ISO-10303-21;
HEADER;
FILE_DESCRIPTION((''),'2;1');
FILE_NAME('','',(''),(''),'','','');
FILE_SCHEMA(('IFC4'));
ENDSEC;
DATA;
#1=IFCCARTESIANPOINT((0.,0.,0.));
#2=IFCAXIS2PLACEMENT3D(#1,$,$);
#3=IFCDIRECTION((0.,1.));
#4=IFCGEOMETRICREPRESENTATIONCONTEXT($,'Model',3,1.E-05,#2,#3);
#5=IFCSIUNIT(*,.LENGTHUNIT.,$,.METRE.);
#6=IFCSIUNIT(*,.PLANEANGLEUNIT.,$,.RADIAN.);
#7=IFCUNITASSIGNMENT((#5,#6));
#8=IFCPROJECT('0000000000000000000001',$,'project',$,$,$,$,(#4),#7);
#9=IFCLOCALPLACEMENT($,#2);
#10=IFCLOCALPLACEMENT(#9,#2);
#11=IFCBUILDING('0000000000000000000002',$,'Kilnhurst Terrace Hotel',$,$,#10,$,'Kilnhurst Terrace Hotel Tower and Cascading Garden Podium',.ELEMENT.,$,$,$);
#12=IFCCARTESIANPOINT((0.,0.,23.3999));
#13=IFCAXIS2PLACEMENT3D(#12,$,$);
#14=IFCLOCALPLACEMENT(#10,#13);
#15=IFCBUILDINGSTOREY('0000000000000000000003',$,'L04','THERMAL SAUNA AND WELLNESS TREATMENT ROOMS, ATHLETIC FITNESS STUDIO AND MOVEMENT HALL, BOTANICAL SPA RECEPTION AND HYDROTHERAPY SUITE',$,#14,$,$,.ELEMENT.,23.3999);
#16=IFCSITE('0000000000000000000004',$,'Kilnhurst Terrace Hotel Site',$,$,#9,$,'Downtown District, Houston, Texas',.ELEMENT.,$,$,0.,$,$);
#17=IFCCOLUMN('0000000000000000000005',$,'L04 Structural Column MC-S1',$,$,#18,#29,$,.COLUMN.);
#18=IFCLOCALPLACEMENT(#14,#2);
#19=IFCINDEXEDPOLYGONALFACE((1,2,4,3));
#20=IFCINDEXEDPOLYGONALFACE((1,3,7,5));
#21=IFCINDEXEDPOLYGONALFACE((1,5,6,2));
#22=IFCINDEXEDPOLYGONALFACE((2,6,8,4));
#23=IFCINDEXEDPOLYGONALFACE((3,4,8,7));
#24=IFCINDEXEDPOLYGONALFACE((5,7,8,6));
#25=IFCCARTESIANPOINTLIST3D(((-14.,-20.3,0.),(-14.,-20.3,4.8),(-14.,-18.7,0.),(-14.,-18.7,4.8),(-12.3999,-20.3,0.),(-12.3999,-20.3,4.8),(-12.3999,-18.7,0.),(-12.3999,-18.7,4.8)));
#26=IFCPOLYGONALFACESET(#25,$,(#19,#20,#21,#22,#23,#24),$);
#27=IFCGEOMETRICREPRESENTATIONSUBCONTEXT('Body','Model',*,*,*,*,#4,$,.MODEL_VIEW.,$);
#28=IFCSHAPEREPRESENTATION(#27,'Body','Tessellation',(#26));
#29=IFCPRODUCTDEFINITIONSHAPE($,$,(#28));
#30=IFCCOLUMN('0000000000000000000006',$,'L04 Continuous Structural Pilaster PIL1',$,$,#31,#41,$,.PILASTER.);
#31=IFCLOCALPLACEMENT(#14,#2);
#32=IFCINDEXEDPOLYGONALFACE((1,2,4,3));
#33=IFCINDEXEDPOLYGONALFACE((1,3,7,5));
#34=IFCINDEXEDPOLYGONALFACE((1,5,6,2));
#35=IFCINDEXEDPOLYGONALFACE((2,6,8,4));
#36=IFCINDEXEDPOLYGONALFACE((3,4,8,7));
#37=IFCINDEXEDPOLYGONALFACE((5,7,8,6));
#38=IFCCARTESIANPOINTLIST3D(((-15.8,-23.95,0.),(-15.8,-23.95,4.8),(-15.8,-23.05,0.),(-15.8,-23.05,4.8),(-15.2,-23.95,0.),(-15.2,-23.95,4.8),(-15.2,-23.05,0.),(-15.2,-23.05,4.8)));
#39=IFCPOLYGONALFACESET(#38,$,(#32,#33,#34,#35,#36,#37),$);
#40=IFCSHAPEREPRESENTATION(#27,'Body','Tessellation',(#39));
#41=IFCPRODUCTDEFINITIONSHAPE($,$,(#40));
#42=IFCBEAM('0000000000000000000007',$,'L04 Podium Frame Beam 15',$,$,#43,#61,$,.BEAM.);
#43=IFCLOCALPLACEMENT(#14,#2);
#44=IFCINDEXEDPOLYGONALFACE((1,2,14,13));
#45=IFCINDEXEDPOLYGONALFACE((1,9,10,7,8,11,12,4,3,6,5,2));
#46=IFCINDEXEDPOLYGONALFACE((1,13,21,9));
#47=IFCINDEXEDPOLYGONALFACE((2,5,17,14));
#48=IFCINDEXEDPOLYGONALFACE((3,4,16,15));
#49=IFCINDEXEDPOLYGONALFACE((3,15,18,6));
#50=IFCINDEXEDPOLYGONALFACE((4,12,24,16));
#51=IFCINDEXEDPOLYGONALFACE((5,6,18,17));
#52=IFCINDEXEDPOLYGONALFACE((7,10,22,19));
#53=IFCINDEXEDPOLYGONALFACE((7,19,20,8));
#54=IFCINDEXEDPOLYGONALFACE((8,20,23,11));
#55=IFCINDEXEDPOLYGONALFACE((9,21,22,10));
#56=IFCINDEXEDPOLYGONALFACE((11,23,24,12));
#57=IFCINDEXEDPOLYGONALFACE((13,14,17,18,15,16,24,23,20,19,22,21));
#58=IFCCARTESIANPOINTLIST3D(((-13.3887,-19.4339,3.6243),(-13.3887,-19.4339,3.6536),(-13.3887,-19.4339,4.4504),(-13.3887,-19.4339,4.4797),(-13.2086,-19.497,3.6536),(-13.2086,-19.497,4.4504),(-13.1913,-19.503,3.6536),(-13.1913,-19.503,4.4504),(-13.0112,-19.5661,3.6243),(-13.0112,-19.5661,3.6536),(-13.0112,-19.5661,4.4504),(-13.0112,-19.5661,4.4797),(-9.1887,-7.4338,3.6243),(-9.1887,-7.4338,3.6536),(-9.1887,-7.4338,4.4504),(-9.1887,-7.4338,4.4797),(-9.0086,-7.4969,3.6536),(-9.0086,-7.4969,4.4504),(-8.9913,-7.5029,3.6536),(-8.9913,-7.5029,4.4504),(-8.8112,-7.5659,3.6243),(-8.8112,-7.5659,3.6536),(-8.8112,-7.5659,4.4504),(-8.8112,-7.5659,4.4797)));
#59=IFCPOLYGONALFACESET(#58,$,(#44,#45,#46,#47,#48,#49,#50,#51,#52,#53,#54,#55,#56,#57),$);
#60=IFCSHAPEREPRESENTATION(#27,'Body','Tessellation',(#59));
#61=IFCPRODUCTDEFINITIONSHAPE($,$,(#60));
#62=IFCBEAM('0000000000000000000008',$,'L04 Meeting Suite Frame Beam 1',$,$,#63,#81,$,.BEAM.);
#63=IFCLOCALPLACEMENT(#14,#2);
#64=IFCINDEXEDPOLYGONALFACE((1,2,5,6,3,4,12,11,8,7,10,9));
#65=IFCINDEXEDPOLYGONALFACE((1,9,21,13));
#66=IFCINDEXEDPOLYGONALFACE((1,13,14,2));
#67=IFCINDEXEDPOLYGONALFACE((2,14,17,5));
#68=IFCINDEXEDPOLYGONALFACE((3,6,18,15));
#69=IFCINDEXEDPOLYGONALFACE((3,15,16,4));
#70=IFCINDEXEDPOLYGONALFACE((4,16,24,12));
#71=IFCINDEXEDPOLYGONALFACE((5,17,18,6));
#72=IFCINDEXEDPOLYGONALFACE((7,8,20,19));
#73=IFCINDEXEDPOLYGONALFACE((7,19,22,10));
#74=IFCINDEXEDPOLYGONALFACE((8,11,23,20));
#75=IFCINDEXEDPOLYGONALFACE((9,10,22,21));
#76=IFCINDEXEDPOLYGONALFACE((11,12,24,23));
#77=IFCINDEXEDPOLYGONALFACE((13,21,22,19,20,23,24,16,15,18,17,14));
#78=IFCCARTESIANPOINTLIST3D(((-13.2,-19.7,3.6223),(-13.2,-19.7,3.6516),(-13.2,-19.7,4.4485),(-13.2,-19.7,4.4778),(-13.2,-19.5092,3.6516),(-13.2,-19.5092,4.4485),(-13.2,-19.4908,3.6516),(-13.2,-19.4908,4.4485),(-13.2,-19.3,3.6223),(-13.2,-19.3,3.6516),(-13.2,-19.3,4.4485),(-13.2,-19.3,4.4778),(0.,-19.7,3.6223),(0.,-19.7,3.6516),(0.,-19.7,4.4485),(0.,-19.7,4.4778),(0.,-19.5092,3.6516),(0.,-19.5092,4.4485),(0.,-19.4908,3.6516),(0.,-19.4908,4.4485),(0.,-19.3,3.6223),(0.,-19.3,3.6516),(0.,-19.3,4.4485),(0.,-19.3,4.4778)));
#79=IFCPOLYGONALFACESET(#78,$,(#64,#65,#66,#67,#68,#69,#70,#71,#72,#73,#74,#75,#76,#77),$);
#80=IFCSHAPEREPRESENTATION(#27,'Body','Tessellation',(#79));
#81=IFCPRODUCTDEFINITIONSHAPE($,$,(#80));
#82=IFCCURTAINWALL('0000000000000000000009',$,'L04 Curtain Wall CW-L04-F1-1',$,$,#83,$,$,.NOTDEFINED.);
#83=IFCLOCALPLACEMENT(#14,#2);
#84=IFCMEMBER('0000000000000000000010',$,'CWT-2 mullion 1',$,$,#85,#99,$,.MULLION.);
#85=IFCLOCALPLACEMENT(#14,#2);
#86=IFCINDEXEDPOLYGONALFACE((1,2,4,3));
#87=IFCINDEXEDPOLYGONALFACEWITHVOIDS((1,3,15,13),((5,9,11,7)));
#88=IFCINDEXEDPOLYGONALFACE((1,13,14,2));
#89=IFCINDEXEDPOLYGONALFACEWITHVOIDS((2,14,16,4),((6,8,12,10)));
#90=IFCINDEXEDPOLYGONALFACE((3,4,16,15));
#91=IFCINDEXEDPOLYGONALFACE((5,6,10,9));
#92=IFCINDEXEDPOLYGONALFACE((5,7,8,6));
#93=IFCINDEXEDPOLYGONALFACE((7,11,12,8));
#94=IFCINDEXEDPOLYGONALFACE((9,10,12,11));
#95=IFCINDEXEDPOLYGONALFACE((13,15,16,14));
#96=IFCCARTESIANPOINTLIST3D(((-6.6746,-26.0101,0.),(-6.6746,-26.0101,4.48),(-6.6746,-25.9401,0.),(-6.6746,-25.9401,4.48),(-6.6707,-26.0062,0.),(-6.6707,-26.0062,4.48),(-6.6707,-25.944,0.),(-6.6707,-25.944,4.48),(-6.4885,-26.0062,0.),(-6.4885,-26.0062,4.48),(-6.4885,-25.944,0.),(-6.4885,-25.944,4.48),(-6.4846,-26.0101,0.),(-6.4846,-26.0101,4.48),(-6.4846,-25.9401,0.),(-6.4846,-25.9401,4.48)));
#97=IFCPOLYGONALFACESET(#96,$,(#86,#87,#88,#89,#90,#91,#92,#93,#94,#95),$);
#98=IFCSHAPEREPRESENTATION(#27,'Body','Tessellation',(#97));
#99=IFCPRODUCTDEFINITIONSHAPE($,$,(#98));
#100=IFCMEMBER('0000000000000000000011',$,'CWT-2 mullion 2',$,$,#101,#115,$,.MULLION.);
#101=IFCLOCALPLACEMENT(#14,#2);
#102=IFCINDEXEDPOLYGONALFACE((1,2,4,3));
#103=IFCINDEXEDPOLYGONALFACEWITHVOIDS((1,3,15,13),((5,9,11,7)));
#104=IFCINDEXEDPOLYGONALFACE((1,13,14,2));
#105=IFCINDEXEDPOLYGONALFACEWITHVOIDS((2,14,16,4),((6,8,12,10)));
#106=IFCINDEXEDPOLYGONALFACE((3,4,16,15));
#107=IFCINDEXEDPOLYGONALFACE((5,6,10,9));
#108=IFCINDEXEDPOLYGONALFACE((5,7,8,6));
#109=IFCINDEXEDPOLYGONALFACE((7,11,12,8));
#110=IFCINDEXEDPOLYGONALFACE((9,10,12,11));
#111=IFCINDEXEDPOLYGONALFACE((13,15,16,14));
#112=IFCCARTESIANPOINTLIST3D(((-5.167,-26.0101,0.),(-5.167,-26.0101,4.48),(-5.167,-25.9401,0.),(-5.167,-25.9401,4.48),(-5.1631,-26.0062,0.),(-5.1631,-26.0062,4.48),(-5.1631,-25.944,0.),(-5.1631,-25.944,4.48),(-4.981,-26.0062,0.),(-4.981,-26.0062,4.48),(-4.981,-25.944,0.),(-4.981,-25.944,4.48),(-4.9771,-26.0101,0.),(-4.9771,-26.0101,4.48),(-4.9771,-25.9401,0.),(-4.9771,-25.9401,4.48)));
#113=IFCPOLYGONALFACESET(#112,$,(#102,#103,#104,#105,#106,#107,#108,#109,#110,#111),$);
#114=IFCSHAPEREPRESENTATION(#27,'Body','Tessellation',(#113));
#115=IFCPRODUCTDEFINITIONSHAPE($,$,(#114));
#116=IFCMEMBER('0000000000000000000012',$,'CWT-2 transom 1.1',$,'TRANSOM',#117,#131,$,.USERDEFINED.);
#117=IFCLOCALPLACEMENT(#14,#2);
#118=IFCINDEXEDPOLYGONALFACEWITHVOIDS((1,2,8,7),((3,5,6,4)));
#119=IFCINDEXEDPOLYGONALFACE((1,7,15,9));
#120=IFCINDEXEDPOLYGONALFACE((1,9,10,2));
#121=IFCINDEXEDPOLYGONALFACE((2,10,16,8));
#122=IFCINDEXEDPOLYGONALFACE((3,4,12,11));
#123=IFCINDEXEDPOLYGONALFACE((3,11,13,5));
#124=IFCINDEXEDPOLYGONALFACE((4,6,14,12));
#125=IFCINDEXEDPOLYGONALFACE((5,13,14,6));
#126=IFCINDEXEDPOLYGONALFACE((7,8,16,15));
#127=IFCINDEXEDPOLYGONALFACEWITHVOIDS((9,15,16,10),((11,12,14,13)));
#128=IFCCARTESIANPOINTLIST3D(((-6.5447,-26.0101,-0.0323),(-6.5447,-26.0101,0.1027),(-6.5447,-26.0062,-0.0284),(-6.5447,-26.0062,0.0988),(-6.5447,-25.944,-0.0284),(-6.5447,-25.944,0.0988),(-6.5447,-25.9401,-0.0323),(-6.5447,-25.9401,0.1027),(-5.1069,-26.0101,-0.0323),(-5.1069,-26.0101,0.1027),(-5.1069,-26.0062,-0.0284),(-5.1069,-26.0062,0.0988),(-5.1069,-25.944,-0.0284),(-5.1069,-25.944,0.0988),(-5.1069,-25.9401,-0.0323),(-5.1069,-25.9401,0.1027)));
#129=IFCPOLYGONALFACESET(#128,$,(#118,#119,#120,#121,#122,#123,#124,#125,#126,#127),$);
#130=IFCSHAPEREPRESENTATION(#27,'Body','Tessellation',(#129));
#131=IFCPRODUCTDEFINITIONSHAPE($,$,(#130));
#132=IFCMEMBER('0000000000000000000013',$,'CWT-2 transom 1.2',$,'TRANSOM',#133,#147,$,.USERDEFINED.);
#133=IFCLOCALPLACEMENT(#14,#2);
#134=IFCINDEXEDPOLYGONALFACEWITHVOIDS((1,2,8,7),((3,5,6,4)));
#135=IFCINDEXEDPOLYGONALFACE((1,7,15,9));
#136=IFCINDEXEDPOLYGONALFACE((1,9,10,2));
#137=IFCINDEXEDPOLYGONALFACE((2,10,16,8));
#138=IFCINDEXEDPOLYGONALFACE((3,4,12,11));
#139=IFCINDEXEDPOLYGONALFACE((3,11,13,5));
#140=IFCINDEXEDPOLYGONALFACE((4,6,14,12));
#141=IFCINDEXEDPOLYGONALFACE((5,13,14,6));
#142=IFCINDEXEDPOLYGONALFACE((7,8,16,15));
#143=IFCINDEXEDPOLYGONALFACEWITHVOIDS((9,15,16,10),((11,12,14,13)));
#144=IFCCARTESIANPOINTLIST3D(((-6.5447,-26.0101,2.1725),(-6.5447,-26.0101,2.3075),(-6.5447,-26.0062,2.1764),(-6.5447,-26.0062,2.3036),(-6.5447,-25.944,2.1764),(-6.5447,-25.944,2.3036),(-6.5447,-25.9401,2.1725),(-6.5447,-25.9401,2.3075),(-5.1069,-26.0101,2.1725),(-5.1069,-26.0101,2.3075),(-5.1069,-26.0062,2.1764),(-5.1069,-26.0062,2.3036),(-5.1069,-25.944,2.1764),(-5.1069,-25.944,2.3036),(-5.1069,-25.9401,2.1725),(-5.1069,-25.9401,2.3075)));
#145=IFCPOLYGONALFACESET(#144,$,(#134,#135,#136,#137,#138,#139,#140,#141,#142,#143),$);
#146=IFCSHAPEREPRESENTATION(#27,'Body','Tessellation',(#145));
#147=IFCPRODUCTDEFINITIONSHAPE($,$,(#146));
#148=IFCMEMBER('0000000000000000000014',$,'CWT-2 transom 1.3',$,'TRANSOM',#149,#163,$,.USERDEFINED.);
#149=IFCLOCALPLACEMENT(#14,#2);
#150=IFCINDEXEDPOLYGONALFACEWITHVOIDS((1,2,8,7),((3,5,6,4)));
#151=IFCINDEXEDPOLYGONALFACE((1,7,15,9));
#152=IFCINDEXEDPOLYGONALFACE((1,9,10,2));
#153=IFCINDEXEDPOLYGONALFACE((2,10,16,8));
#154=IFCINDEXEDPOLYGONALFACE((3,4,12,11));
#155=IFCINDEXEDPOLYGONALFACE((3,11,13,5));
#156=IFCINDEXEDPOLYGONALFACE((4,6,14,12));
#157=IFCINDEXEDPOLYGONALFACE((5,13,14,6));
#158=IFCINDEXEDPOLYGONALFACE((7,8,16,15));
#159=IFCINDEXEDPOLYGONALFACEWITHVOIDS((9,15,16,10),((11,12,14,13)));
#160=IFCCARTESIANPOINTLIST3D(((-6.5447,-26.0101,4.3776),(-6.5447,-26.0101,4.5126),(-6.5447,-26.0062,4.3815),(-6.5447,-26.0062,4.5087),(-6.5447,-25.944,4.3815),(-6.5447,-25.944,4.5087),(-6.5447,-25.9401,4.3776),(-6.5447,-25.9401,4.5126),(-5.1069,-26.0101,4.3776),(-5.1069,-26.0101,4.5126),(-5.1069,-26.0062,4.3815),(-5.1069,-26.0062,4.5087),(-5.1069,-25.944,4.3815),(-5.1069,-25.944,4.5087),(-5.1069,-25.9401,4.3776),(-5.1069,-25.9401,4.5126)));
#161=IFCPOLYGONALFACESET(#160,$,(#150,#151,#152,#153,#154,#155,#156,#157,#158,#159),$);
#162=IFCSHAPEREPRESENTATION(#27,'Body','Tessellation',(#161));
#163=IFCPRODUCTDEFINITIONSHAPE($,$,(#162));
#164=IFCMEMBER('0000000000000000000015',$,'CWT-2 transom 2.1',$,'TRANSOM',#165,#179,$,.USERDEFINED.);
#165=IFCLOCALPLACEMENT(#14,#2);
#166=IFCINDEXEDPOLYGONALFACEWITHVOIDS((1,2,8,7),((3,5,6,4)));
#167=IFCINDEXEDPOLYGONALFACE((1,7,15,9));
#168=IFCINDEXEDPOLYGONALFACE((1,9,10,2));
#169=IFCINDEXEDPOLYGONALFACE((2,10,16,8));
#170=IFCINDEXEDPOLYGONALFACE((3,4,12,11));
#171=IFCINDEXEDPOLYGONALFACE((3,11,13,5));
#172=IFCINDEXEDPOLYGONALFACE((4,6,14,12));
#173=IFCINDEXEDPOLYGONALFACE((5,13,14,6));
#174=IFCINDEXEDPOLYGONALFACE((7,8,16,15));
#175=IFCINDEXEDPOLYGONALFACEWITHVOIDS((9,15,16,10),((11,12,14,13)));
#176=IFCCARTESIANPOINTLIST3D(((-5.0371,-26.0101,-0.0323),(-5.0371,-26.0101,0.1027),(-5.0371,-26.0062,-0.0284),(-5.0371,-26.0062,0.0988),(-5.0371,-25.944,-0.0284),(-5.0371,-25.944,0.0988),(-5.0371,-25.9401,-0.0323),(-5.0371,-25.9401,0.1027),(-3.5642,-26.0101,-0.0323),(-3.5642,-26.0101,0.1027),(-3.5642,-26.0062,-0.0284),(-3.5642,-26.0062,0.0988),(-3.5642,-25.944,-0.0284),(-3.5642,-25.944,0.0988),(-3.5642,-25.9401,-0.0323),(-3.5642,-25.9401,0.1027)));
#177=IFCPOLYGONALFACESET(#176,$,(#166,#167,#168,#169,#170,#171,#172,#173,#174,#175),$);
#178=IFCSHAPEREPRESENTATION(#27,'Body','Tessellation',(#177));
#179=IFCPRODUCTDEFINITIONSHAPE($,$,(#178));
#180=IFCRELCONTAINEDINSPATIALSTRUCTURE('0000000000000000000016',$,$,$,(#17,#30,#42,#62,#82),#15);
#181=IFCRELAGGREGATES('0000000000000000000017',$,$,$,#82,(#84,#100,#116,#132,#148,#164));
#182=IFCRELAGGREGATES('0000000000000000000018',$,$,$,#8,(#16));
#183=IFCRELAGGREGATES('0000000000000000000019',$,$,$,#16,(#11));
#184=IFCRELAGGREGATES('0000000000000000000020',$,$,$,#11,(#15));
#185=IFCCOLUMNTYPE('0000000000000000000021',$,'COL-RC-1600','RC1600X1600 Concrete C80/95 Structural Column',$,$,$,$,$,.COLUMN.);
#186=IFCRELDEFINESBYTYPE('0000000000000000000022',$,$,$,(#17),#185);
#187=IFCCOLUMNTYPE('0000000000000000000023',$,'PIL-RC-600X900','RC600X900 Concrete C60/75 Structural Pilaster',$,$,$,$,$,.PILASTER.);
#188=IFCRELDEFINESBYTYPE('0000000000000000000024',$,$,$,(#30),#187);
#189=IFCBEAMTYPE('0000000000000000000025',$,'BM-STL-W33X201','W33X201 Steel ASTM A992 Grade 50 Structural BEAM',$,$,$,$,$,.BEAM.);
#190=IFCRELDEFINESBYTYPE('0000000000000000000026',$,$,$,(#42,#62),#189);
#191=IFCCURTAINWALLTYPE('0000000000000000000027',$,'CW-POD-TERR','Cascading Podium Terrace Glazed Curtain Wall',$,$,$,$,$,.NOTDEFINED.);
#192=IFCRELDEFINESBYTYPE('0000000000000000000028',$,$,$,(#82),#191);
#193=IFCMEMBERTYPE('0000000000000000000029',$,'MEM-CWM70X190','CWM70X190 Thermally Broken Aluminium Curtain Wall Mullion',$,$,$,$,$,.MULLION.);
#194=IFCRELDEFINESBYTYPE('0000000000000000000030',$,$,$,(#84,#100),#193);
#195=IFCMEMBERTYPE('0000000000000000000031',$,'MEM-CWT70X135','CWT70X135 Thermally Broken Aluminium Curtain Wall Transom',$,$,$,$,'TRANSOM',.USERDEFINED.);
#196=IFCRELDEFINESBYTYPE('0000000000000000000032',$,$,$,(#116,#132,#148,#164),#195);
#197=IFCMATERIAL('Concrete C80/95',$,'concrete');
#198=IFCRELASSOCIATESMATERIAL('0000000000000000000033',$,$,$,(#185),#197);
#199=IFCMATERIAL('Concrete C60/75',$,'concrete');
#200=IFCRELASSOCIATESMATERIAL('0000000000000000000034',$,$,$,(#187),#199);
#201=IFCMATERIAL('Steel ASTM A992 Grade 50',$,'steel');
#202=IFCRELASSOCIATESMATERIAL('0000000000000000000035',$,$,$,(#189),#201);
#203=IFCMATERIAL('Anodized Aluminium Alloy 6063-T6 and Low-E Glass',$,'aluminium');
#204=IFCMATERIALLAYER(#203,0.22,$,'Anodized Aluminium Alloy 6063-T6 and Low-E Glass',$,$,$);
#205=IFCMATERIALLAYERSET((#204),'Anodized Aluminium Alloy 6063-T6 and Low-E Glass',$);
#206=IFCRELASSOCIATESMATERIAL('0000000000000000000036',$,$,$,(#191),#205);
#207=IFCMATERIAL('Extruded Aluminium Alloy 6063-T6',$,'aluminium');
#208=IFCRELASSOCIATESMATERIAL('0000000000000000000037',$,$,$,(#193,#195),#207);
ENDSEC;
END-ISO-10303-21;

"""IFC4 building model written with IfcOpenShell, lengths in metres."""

from ifc_helpers import new_model, si_unit, direction, frame, origin, origin_2d, place, context, subcontext, project, spatial, rectangle, hollow_rectangle, i_section, extrude, material, layer, layer_set, material_profile, profile_set, type_object, element, aggregate, save


model = new_model("IFC4")

# Units and contexts
model_context = context("Model", 3, precision=1e-05, world=origin(), true_north=direction((0.0, 1.0)))
body_context = subcontext(model_context, "Body", "Model", "MODEL_VIEW")
ifc_project = project(units=[si_unit("LENGTHUNIT", "METRE"), si_unit("PLANEANGLEUNIT", "RADIAN")], contexts=[model_context])

# Site, building, storey
site_placement = place(None, origin())
site = spatial("IfcSite", under=ifc_project, at=site_placement, Name="Kilnhurst Terrace Hotel Site", LongName="Downtown District, Houston, Texas", CompositionType="ELEMENT", RefElevation=0.0)
building_placement = place(site_placement, origin())
building = spatial("IfcBuilding", under=site, at=building_placement, Name="Kilnhurst Terrace Hotel", LongName="Kilnhurst Terrace Hotel Tower and Cascading Garden Podium", CompositionType="ELEMENT")
storey_placement = place(building_placement, frame((0.0, 0.0, 23.3999)))
storey = spatial("IfcBuildingStorey", under=building, at=storey_placement, Name="L04", Description="THERMAL SAUNA AND WELLNESS TREATMENT ROOMS, ATHLETIC FITNESS STUDIO AND MOVEMENT HALL, BOTANICAL SPA RECEPTION AND HYDROTHERAPY SUITE", CompositionType="ELEMENT", Elevation=23.3999)

# Columns
ifc_material_1 = material(Name="Concrete C80/95", Category="concrete")
ifc_material_profile_1 = material_profile(ifc_material_1, rectangle(XDim=1.6001, YDim=1.6001, at=origin_2d()), Name="RC1600X1600")
ifc_profile_set_1 = profile_set([ifc_material_profile_1], Name="Concrete C80/95")
column_type_1 = type_object("IfcColumnType", Name="COL-RC-1600", Description="RC1600X1600 Concrete C80/95 Structural Column", PredefinedType="COLUMN", material=ifc_profile_set_1)
column_1_placement = place(storey_placement, frame((-13.2, -19.5, 0.0), z_axis=(0.0, 0.0, 1.0), x_axis=(1.0, 0.0, 0.0)))
element("IfcColumn", 1, at=column_1_placement, inside=storey, type_object=column_type_1, Name="L04 Structural Column MC-S1", PredefinedType="COLUMN", context=body_context, shape_type="SweptSolid", body=[
    extrude(rectangle(XDim=1.6001, YDim=1.6001, at=origin_2d()), origin(), (0.0, 0.0, 1.0), 4.8),
])
ifc_material_2 = material(Name="Concrete C60/75", Category="concrete")
ifc_material_profile_2 = material_profile(ifc_material_2, rectangle(XDim=0.6001, YDim=0.8999, at=origin_2d()), Name="RC600X900")
ifc_profile_set_2 = profile_set([ifc_material_profile_2], Name="Concrete C60/75")
column_type_2 = type_object("IfcColumnType", Name="PIL-RC-600X900", Description="RC600X900 Concrete C60/75 Structural Pilaster", PredefinedType="PILASTER", material=ifc_profile_set_2)
column_2_placement = place(storey_placement, frame((-15.5, -23.5, 0.0), z_axis=(0.0, 0.0, 1.0), x_axis=(1.0, 0.0, 0.0)))
element("IfcColumn", 2, at=column_2_placement, inside=storey, type_object=column_type_2, Name="L04 Continuous Structural Pilaster PIL1", PredefinedType="PILASTER", context=body_context, shape_type="SweptSolid", body=[
    extrude(rectangle(XDim=0.6001, YDim=0.8999, at=origin_2d()), origin(), (0.0, 0.0, 1.0), 4.8),
])

# Beams
ifc_material_3 = material(Name="Steel ASTM A992 Grade 50", Category="steel")
ifc_material_profile_3 = material_profile(ifc_material_3, i_section(OverallWidth=0.3999, OverallDepth=0.8555, WebThickness=0.0183, FlangeThickness=0.0293, at=origin_2d()), Name="W33X201")
ifc_profile_set_3 = profile_set([ifc_material_profile_3], Name="Steel ASTM A992 Grade 50")
beam_type = type_object("IfcBeamType", Name="BM-STL-W33X201", Description="W33X201 Steel ASTM A992 Grade 50 Structural BEAM", PredefinedType="BEAM", material=ifc_profile_set_3)
beam_1_placement = place(storey_placement, frame((-13.2, -19.5, 4.052), z_axis=(0.330347, 0.94386, 0.0), x_axis=(-0.94386, 0.330347, 0.0)))
element("IfcBeam", 3, at=beam_1_placement, inside=storey, type_object=beam_type, Name="L04 Podium Frame Beam 15", PredefinedType="BEAM", context=body_context, shape_type="SweptSolid", body=[
    extrude(i_section(OverallWidth=0.3999, OverallDepth=0.8555, WebThickness=0.0183, FlangeThickness=0.0293, at=origin_2d()), origin(), (0.0, 0.0, 1.0), 12.7139),
])
beam_2_placement = place(storey_placement, frame((-13.2, -19.5, 4.05), z_axis=(1.0, 0.0, 0.0), x_axis=(0.0, 1.0, 0.0)))
element("IfcBeam", 4, at=beam_2_placement, inside=storey, type_object=beam_type, Name="L04 Meeting Suite Frame Beam 1", PredefinedType="BEAM", context=body_context, shape_type="SweptSolid", body=[
    extrude(i_section(OverallWidth=0.3999, OverallDepth=0.8555, WebThickness=0.0183, FlangeThickness=0.0293, at=origin_2d()), origin(), (0.0, 0.0, 1.0), 13.2),
])

# Curtain wall, members
ifc_material_4 = material(Name="Anodized Aluminium Alloy 6063-T6 and Low-E Glass", Category="aluminium")
ifc_layer_1 = layer(ifc_material_4, 0.22, Name="Anodized Aluminium Alloy 6063-T6 and Low-E Glass")
ifc_layer_set_1 = layer_set([ifc_layer_1], Name="Anodized Aluminium Alloy 6063-T6 and Low-E Glass")
curtain_wall_type = type_object("IfcCurtainWallType", Name="CW-POD-TERR", Description="Cascading Podium Terrace Glazed Curtain Wall", PredefinedType="NOTDEFINED", material=ifc_layer_set_1)
curtain_wall_placement = place(storey_placement, origin())
curtain_wall = element("IfcCurtainWall", 5, at=curtain_wall_placement, inside=storey, type_object=curtain_wall_type, Name="L04 Curtain Wall CW-L04-F1-1", PredefinedType="NOTDEFINED")
ifc_material_5 = material(Name="Extruded Aluminium Alloy 6063-T6", Category="aluminium")
ifc_material_profile_4 = material_profile(ifc_material_5, hollow_rectangle(XDim=0.0701, YDim=0.1899, WallThickness=0.0039, at=origin_2d()), Name="CWM70X190")
ifc_profile_set_4 = profile_set([ifc_material_profile_4], Name="Extruded Aluminium Alloy 6063-T6")
member_type_1 = type_object("IfcMemberType", Name="MEM-CWM70X190", Description="CWM70X190 Thermally Broken Aluminium Curtain Wall Mullion", PredefinedType="MULLION", material=ifc_profile_set_4)
member_1_placement = place(storey_placement, frame((-6.5796, -25.9751, 0.0), z_axis=(0.0, 0.0, 1.0), x_axis=(0.0, 1.0, 0.0)))
member_1 = element("IfcMember", 6, at=member_1_placement, type_object=member_type_1, Name="CWT-2 mullion 1", PredefinedType="MULLION", context=body_context, shape_type="SweptSolid", body=[
    extrude(hollow_rectangle(XDim=0.0701, YDim=0.1899, WallThickness=0.0039, at=origin_2d()), origin(), (0.0, 0.0, 1.0), 4.48),
])
member_2_placement = place(storey_placement, frame((-5.072, -25.9751, 0.0), z_axis=(0.0, 0.0, 1.0), x_axis=(0.0, 1.0, 0.0)))
member_2 = element("IfcMember", 7, at=member_2_placement, type_object=member_type_1, Name="CWT-2 mullion 2", PredefinedType="MULLION", context=body_context, shape_type="SweptSolid", body=[
    extrude(hollow_rectangle(XDim=0.0701, YDim=0.1899, WallThickness=0.0039, at=origin_2d()), origin(), (0.0, 0.0, 1.0), 4.48),
])
ifc_material_profile_5 = material_profile(ifc_material_5, hollow_rectangle(XDim=0.0701, YDim=0.135, WallThickness=0.0039, at=origin_2d()), Name="CWT70X135")
ifc_profile_set_5 = profile_set([ifc_material_profile_5], Name="Extruded Aluminium Alloy 6063-T6")
member_type_2 = type_object("IfcMemberType", Name="MEM-CWT70X135", Description="CWT70X135 Thermally Broken Aluminium Curtain Wall Transom", ElementType="TRANSOM", PredefinedType="USERDEFINED", material=ifc_profile_set_5)
member_3_placement = place(storey_placement, frame((-6.5447, -25.9751, 0.0352), z_axis=(1.0, 0.0, 0.0), x_axis=(0.0, 1.0, 0.0)))
member_3 = element("IfcMember", 8, at=member_3_placement, type_object=member_type_2, Name="CWT-2 transom 1.1", ObjectType="TRANSOM", PredefinedType="USERDEFINED", context=body_context, shape_type="SweptSolid", body=[
    extrude(hollow_rectangle(XDim=0.0701, YDim=0.135, WallThickness=0.0039, at=origin_2d()), origin(), (0.0, 0.0, 1.0), 1.4377),
])
member_4_placement = place(storey_placement, frame((-6.5447, -25.9751, 2.24), z_axis=(1.0, 0.0, 0.0), x_axis=(0.0, 1.0, 0.0)))
member_4 = element("IfcMember", 9, at=member_4_placement, type_object=member_type_2, Name="CWT-2 transom 1.2", ObjectType="TRANSOM", PredefinedType="USERDEFINED", context=body_context, shape_type="SweptSolid", body=[
    extrude(hollow_rectangle(XDim=0.0701, YDim=0.135, WallThickness=0.0039, at=origin_2d()), origin(), (0.0, 0.0, 1.0), 1.4377),
])
member_5_placement = place(storey_placement, frame((-6.5447, -25.9751, 4.4451), z_axis=(1.0, 0.0, 0.0), x_axis=(0.0, 1.0, 0.0)))
member_5 = element("IfcMember", 10, at=member_5_placement, type_object=member_type_2, Name="CWT-2 transom 1.3", ObjectType="TRANSOM", PredefinedType="USERDEFINED", context=body_context, shape_type="SweptSolid", body=[
    extrude(hollow_rectangle(XDim=0.0701, YDim=0.135, WallThickness=0.0039, at=origin_2d()), origin(), (0.0, 0.0, 1.0), 1.4377),
])
member_6_placement = place(storey_placement, frame((-5.0371, -25.9751, 0.0352), z_axis=(1.0, 0.0, 0.0), x_axis=(0.0, 1.0, 0.0)))
member_6 = element("IfcMember", 11, at=member_6_placement, type_object=member_type_2, Name="CWT-2 transom 2.1", ObjectType="TRANSOM", PredefinedType="USERDEFINED", context=body_context, shape_type="SweptSolid", body=[
    extrude(hollow_rectangle(XDim=0.0701, YDim=0.135, WallThickness=0.0039, at=origin_2d()), origin(), (0.0, 0.0, 1.0), 1.4729),
])
aggregate(curtain_wall, [member_1, member_2, member_3, member_4, member_5, member_6])

save(model, "model.ifc")
